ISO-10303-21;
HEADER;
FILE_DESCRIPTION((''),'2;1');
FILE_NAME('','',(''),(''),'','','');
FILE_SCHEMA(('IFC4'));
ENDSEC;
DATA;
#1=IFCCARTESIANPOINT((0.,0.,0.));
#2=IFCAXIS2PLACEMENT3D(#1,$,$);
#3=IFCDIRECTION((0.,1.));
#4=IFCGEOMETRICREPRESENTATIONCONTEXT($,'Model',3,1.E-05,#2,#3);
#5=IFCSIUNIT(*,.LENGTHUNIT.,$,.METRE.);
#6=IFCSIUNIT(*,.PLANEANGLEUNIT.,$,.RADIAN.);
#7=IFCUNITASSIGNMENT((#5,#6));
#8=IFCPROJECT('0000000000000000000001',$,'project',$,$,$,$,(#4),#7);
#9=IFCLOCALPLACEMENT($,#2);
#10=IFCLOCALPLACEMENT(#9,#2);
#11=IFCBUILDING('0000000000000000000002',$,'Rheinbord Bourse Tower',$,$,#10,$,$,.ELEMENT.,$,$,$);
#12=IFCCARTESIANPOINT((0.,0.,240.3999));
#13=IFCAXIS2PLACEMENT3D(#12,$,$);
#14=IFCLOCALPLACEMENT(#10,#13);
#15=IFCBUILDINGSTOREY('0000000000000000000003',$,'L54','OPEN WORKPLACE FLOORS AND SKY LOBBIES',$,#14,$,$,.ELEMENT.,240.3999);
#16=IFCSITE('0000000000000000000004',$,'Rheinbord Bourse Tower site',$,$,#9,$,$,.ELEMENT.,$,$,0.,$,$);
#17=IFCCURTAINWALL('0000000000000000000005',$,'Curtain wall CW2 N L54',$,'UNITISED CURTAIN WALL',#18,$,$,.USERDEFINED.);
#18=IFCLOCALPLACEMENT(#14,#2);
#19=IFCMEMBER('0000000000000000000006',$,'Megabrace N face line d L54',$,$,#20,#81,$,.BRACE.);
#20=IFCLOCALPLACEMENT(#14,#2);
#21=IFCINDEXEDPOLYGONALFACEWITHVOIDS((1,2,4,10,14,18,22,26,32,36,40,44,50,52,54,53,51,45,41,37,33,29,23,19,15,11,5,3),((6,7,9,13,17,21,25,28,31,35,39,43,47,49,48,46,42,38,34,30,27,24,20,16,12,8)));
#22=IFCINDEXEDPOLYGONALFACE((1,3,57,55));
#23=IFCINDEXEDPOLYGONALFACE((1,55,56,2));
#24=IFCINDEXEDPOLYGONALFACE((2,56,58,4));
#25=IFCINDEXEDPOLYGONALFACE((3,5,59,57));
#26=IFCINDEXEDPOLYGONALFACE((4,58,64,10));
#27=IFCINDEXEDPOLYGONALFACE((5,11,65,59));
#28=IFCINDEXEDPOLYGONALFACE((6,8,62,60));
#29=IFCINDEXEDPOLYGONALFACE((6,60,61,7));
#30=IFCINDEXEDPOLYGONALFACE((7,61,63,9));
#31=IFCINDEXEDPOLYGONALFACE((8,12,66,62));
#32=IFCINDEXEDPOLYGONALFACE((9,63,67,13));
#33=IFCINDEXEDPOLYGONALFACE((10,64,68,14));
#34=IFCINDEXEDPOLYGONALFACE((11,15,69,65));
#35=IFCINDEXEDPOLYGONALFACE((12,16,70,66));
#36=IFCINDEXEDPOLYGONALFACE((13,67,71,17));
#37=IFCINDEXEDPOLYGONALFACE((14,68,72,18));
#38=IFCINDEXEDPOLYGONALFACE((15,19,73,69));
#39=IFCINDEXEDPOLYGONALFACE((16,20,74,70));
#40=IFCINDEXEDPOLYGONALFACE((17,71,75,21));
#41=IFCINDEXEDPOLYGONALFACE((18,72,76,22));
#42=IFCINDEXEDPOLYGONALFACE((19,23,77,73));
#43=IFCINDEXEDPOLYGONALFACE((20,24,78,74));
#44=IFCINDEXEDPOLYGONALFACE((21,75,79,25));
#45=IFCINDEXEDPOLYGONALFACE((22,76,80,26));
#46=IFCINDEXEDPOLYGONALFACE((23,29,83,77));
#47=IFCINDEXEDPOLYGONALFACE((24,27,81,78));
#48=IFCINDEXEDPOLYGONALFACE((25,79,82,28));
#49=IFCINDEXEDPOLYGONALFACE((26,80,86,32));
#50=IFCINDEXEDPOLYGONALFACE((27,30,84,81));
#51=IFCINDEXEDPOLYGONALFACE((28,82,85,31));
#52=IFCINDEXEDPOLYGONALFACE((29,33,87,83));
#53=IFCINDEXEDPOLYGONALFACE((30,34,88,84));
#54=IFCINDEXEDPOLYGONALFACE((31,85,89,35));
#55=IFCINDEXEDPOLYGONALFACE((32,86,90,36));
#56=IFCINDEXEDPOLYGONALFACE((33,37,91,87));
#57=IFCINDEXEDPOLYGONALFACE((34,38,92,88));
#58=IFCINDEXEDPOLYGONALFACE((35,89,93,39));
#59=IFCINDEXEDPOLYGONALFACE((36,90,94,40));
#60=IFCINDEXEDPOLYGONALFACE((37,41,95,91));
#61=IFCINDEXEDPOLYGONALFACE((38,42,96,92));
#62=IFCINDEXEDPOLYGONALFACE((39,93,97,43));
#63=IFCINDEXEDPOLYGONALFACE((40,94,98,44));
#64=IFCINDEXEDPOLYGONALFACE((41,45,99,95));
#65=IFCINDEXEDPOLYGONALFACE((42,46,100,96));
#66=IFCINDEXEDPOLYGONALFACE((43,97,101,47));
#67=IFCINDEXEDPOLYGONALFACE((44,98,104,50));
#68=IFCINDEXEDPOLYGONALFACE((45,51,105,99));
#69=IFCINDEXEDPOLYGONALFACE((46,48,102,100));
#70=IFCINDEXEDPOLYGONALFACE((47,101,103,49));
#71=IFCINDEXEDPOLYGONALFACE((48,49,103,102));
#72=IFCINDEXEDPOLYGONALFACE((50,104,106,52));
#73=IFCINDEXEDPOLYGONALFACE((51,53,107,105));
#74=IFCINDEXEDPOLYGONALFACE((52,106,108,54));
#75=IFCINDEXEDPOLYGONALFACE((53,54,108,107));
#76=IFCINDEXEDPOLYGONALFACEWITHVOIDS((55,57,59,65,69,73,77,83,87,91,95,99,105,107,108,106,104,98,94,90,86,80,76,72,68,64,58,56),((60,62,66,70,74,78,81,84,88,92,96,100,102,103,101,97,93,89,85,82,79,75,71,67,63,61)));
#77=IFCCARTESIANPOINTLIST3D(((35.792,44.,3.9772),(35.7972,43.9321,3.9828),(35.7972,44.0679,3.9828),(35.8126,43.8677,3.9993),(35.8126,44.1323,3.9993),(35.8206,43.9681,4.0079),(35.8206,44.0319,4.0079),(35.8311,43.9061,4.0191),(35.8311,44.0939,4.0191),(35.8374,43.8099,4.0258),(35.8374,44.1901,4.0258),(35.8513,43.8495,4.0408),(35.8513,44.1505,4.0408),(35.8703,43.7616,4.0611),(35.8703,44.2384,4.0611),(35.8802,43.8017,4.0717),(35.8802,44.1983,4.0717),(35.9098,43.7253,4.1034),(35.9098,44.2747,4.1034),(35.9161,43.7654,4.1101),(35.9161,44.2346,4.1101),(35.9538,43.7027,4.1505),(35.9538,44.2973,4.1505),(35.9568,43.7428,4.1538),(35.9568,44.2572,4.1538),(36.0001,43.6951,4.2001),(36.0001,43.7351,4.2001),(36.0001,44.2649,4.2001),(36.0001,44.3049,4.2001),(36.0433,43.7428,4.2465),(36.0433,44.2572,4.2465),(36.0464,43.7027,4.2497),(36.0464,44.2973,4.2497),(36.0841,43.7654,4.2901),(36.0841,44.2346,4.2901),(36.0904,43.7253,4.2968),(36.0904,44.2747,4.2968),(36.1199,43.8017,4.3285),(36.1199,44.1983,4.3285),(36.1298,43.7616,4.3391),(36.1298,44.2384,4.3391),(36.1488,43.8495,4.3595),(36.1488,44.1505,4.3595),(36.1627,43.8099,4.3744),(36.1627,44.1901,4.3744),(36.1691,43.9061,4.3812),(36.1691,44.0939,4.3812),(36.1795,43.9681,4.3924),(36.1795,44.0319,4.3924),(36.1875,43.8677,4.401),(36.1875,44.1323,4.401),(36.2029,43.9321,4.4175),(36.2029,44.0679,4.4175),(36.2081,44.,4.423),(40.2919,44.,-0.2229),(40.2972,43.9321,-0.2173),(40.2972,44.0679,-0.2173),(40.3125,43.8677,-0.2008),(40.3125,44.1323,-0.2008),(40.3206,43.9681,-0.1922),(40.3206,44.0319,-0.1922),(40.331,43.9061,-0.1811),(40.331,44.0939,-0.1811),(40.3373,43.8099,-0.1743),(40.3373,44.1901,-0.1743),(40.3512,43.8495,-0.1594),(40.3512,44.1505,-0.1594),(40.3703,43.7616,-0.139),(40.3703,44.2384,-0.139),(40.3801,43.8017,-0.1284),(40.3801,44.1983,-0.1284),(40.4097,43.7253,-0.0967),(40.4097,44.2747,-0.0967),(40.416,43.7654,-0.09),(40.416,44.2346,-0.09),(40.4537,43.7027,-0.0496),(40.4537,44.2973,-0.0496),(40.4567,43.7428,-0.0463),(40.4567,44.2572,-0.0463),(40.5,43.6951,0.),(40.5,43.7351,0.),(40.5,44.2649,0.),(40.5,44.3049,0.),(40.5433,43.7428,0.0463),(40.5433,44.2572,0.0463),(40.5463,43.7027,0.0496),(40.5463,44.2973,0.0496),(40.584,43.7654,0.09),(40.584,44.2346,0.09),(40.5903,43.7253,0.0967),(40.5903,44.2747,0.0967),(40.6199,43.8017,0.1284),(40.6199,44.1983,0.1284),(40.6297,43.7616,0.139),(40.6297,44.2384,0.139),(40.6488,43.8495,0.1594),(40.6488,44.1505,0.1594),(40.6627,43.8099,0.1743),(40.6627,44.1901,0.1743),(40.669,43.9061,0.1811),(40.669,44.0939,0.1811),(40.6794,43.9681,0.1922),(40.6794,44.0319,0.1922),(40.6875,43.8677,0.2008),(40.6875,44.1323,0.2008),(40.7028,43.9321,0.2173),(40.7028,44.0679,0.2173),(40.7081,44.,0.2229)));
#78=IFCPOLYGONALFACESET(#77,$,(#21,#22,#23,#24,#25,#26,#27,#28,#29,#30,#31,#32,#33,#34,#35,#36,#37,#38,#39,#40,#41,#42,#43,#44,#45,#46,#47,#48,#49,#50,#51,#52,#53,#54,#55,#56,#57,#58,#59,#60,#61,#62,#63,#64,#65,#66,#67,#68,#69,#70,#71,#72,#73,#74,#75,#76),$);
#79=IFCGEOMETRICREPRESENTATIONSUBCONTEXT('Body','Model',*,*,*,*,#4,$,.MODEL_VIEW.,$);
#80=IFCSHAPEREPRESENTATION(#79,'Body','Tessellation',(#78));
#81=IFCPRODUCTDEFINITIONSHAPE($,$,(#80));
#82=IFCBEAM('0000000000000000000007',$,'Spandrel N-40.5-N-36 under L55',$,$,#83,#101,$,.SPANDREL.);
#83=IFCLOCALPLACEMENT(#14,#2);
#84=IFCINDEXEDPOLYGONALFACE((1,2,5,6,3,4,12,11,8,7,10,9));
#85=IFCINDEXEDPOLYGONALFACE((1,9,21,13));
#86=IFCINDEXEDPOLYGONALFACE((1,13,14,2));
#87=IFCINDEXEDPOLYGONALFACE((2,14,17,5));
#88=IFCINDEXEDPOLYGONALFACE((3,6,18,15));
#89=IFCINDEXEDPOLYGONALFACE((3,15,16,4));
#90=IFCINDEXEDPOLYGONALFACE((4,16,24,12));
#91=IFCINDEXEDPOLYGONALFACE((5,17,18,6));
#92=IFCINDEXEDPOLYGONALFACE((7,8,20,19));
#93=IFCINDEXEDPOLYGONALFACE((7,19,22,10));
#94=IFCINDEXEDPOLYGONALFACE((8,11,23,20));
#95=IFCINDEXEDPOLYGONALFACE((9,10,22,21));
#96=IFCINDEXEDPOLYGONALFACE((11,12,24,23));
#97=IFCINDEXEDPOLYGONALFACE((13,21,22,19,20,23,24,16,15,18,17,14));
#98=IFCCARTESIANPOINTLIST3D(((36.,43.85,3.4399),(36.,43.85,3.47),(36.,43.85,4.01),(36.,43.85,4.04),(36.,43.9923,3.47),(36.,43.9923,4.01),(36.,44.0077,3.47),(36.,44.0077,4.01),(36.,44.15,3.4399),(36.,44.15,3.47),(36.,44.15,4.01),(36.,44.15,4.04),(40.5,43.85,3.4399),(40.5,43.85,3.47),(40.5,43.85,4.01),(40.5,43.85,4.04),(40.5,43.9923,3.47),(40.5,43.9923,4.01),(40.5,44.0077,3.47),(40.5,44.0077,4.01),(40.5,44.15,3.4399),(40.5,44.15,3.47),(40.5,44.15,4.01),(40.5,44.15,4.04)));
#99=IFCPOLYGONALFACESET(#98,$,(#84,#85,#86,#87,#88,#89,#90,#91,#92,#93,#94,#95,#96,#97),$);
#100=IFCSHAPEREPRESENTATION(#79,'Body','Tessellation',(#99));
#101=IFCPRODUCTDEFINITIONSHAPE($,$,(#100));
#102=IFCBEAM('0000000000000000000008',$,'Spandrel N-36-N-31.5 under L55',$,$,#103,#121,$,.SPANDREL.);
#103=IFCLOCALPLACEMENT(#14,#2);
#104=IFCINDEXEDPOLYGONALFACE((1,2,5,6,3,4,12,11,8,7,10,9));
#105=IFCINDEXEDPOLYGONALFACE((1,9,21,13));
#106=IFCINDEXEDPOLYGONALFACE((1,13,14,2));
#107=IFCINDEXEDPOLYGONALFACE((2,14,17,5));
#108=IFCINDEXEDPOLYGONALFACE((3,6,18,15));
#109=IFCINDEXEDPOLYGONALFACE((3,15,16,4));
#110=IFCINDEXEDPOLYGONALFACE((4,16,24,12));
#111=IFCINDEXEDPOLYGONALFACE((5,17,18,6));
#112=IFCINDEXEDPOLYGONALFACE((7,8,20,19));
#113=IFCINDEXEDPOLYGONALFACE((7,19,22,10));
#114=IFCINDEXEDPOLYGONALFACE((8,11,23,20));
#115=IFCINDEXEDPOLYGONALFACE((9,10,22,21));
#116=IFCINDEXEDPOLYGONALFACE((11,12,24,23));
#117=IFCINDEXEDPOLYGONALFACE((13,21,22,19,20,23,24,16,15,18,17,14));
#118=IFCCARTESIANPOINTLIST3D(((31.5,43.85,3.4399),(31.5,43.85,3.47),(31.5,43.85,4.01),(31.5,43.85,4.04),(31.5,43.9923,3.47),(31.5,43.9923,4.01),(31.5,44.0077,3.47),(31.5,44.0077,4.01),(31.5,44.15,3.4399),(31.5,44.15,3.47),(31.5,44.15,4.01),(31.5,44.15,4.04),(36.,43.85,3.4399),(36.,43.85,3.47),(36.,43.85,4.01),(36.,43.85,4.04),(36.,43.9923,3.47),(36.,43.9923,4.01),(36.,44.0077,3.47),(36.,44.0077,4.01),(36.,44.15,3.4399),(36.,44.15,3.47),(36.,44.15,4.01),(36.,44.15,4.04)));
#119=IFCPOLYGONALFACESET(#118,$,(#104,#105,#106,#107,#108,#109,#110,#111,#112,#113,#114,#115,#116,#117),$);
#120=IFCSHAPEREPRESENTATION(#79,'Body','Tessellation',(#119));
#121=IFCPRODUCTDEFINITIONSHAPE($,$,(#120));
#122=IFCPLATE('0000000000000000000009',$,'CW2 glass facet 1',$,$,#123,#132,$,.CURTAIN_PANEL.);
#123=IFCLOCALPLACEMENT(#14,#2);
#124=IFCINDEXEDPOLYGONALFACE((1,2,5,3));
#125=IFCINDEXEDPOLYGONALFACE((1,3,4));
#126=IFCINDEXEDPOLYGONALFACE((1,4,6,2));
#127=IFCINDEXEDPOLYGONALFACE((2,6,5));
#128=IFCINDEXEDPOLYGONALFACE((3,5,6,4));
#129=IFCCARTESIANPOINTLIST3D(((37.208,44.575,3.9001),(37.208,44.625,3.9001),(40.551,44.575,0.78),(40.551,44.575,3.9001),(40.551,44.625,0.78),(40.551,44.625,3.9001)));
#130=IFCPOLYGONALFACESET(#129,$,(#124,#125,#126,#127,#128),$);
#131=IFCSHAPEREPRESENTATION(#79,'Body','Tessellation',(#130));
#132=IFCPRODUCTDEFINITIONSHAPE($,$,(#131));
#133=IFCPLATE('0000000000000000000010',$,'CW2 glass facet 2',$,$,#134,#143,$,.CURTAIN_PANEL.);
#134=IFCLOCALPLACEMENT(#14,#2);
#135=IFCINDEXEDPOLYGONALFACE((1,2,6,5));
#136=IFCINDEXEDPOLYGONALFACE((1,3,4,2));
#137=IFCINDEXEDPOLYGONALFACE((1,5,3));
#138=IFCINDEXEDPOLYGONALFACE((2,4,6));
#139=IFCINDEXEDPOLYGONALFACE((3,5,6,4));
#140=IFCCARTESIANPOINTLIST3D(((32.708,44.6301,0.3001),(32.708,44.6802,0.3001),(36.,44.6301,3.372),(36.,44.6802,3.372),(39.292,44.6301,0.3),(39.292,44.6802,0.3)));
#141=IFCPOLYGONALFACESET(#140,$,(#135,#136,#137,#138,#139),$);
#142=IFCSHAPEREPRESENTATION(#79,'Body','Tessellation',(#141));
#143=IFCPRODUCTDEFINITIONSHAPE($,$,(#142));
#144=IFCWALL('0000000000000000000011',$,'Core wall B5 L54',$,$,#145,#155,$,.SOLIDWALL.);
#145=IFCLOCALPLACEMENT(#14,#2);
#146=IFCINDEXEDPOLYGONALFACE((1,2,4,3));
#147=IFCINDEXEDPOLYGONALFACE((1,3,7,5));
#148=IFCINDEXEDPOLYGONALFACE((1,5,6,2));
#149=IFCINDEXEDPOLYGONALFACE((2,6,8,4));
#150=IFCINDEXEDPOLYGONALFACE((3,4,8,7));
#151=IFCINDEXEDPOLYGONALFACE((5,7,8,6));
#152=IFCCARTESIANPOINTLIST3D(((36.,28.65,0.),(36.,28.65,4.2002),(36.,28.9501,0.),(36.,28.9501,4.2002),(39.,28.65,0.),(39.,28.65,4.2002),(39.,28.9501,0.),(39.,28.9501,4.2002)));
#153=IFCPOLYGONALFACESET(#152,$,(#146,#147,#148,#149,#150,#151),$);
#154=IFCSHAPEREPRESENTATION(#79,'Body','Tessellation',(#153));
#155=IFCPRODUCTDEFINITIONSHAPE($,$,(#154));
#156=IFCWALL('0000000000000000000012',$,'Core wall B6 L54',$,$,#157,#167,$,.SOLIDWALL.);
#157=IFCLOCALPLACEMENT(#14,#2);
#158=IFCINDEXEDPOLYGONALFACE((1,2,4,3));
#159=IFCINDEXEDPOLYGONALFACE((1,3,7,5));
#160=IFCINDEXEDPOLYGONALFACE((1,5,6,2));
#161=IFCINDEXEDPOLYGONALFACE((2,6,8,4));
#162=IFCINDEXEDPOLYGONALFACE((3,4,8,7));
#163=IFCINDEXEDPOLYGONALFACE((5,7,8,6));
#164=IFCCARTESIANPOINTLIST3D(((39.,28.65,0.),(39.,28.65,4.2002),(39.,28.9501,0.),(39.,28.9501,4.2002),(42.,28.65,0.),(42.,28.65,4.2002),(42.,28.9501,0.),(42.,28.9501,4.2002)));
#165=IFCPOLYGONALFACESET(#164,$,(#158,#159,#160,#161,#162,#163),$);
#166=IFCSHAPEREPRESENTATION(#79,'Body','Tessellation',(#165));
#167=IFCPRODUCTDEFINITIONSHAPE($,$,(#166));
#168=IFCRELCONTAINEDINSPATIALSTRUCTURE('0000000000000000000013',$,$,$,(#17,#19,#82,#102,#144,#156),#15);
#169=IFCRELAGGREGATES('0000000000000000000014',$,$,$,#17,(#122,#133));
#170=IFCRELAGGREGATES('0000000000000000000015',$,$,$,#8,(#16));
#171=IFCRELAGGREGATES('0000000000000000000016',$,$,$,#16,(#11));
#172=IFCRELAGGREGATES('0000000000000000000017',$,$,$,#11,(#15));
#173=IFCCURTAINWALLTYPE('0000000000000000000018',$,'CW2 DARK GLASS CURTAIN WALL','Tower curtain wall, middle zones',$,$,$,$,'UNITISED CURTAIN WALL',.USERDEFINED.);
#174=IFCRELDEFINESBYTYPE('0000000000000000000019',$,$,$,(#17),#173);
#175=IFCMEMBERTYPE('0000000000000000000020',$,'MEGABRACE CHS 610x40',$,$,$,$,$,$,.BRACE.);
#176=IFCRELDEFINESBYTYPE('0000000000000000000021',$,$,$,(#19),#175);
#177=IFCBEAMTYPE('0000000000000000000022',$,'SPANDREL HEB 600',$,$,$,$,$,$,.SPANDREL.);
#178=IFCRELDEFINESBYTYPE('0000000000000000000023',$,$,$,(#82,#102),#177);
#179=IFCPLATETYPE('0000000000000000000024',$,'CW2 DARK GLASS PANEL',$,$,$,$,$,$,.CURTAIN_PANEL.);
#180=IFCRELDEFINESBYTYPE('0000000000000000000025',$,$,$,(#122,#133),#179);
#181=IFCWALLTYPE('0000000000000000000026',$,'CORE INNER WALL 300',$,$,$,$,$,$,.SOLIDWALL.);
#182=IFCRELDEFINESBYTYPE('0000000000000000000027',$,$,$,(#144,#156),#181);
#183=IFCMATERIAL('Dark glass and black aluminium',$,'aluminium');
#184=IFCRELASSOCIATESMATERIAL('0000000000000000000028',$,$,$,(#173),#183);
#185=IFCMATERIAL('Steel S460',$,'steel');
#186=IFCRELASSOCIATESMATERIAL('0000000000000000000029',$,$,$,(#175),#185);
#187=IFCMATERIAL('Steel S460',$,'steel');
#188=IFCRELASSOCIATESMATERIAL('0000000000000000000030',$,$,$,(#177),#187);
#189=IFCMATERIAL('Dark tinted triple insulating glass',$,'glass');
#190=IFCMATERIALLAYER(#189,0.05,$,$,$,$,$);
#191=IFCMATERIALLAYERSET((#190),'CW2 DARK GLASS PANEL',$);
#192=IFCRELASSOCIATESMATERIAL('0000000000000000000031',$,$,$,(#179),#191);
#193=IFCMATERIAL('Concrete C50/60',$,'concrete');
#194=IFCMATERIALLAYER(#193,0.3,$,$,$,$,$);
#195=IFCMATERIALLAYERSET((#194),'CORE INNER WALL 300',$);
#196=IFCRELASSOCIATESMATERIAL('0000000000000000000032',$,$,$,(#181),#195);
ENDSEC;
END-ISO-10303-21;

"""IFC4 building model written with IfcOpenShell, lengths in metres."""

from ifc_helpers import new_model, si_unit, direction, frame, frame_2d, origin, origin_2d, place, context, subcontext, project, spatial, polyline, rectangle, hollow_circle, i_section, outline, extrude, material, layer, layer_set, material_profile, profile_set, type_object, element, aggregate, save


model = new_model("IFC4")

# Units and contexts
model_context = context("Model", 3, precision=1e-05, world=origin(), true_north=direction((0.0, 1.0)))
body_context = subcontext(model_context, "Body", "Model", "MODEL_VIEW")
ifc_project = project(units=[si_unit("LENGTHUNIT", "METRE"), si_unit("PLANEANGLEUNIT", "RADIAN")], contexts=[model_context])

# Site, building, storey
site_placement = place(None, origin())
site = spatial("IfcSite", under=ifc_project, at=site_placement, Name="Rheinbord Bourse Tower site", CompositionType="ELEMENT", RefElevation=0.0)
building_placement = place(site_placement, origin())
building = spatial("IfcBuilding", under=site, at=building_placement, Name="Rheinbord Bourse Tower", CompositionType="ELEMENT")
storey_placement = place(building_placement, frame((0.0, 0.0, 240.3999)))
storey = spatial("IfcBuildingStorey", under=building, at=storey_placement, Name="L54", Description="OPEN WORKPLACE FLOORS AND SKY LOBBIES", CompositionType="ELEMENT", Elevation=240.3999)

# Curtain wall
ifc_material_1 = material(Name="Dark glass and black aluminium", Category="aluminium")
curtain_wall_type = type_object("IfcCurtainWallType", Name="CW2 DARK GLASS CURTAIN WALL", Description="Tower curtain wall, middle zones", ElementType="UNITISED CURTAIN WALL", PredefinedType="USERDEFINED", material=ifc_material_1)
curtain_wall_placement = place(storey_placement, origin())
curtain_wall = element("IfcCurtainWall", 1, at=curtain_wall_placement, inside=storey, type_object=curtain_wall_type, Name="Curtain wall CW2 N L54", ObjectType="UNITISED CURTAIN WALL", PredefinedType="USERDEFINED")

# Member
ifc_material_2 = material(Name="Steel S460", Category="steel")
ifc_material_profile_1 = material_profile(ifc_material_2, hollow_circle(Radius=0.3049, WallThickness=0.04, at=origin_2d()), Name="CHS 610x40")
ifc_profile_set_1 = profile_set([ifc_material_profile_1], Name="Steel S460")
member_type_1 = type_object("IfcMemberType", Name="MEGABRACE CHS 610x40", PredefinedType="BRACE", material=ifc_profile_set_1)
member_1_placement = place(storey_placement, frame((40.5, 44.0, 0.0), z_axis=(-0.731039, 0.0, 0.682335), x_axis=(0.0, -1.0, 0.0)))
element("IfcMember", 2, at=member_1_placement, inside=storey, type_object=member_type_1, Name="Megabrace N face line d L54", PredefinedType="BRACE", context=body_context, shape_type="SweptSolid", body=[
    extrude(hollow_circle(Radius=0.3049, WallThickness=0.04, at=origin_2d()), origin(), (0.0, 0.0, 1.0), 6.1555),
])

# Beams
ifc_material_3 = material(Name="Steel S460", Category="steel")
ifc_material_profile_2 = material_profile(ifc_material_3, i_section(OverallWidth=0.3, OverallDepth=0.6001, WebThickness=0.0154, FlangeThickness=0.03, at=origin_2d()), Name="HEB 600")
ifc_profile_set_2 = profile_set([ifc_material_profile_2], Name="Steel S460")
beam_type_1 = type_object("IfcBeamType", Name="SPANDREL HEB 600", PredefinedType="SPANDREL", material=ifc_profile_set_2)
for number, where, z_axis, x_axis, name in (
    (3, (40.5, 44.0, 3.74), (-1.0, 0.0, 0.0), (0.0, -1.0, 0.0), "Spandrel N-40.5-N-36 under L55"),
    (4, (36.0, 44.0, 3.74), (-1.0, 0.0, 0.0), (0.0, -1.0, 0.0), "Spandrel N-36-N-31.5 under L55"),
):
    element("IfcBeam", number, at=place(storey_placement, frame(where, z_axis=z_axis, x_axis=x_axis)), inside=storey, type_object=beam_type_1, Name=name, PredefinedType="SPANDREL", context=body_context, shape_type="SweptSolid", body=[
        extrude(i_section(OverallWidth=0.3, OverallDepth=0.6001, WebThickness=0.0154, FlangeThickness=0.03, at=origin_2d()), origin(), (0.0, 0.0, 1.0), 4.5),
    ])

# Plates
ifc_material_4 = material(Name="Dark tinted triple insulating glass", Category="glass")
ifc_layer_1 = layer(ifc_material_4, 0.05)
ifc_layer_set_1 = layer_set([ifc_layer_1], Name="CW2 DARK GLASS PANEL")
plate_type = type_object("IfcPlateType", Name="CW2 DARK GLASS PANEL", PredefinedType="CURTAIN_PANEL", material=ifc_layer_set_1)
plate_1_placement = place(storey_placement, frame((40.551, 44.625, 3.9001), z_axis=(0.0, -1.0, 0.0), x_axis=(-1.0, 0.0, 0.0)))
plate_1 = element("IfcPlate", 5, at=plate_1_placement, type_object=plate_type, Name="CW2 glass facet 1", PredefinedType="CURTAIN_PANEL", context=body_context, shape_type="SweptSolid", body=[
    extrude(outline(polyline([(0.0, 0.0), (3.343, 0.0), (0.0, 3.1201), (0.0, 0.0)])), origin(), (0.0, 0.0, 1.0), 0.05),
])
plate_2_placement = place(storey_placement, frame((39.292, 44.6802, 0.3), z_axis=(0.0, -1.0, 0.0), x_axis=(-0.731111, 0.0, 0.682258)))
plate_2 = element("IfcPlate", 6, at=plate_2_placement, type_object=plate_type, Name="CW2 glass facet 2", PredefinedType="CURTAIN_PANEL", context=body_context, shape_type="SweptSolid", body=[
    extrude(outline(polyline([(0.0, 0.0), (4.5027, 0.0), (4.8137, 4.4919), (0.0, 0.0)])), origin(), (0.0, 0.0, 1.0), 0.05),
])
aggregate(curtain_wall, [plate_1, plate_2])

# Walls
ifc_material_5 = material(Name="Concrete C50/60", Category="concrete")
ifc_layer_2 = layer(ifc_material_5, 0.3)
ifc_layer_set_2 = layer_set([ifc_layer_2], Name="CORE INNER WALL 300")
wall_type_1 = type_object("IfcWallType", Name="CORE INNER WALL 300", PredefinedType="SOLIDWALL", material=ifc_layer_set_2)
for number, where, z_axis, x_axis, name in (
    (7, (36.0, 28.8, 0.0), (0.0, 0.0, 1.0), (1.0, 0.0, 0.0), "Core wall B5 L54"),
    (8, (39.0, 28.8, 0.0), (0.0, 0.0, 1.0), (1.0, 0.0, 0.0), "Core wall B6 L54"),
):
    element("IfcWall", number, at=place(storey_placement, frame(where, z_axis=z_axis, x_axis=x_axis)), inside=storey, type_object=wall_type_1, Name=name, PredefinedType="SOLIDWALL", context=body_context, shape_type="SweptSolid", body=[
        extrude(rectangle(XDim=3.0, YDim=0.3, at=frame_2d((1.5, 0.0))), origin(), (0.0, 0.0, 1.0), 4.2002),
    ])

save(model, "model.ifc")
